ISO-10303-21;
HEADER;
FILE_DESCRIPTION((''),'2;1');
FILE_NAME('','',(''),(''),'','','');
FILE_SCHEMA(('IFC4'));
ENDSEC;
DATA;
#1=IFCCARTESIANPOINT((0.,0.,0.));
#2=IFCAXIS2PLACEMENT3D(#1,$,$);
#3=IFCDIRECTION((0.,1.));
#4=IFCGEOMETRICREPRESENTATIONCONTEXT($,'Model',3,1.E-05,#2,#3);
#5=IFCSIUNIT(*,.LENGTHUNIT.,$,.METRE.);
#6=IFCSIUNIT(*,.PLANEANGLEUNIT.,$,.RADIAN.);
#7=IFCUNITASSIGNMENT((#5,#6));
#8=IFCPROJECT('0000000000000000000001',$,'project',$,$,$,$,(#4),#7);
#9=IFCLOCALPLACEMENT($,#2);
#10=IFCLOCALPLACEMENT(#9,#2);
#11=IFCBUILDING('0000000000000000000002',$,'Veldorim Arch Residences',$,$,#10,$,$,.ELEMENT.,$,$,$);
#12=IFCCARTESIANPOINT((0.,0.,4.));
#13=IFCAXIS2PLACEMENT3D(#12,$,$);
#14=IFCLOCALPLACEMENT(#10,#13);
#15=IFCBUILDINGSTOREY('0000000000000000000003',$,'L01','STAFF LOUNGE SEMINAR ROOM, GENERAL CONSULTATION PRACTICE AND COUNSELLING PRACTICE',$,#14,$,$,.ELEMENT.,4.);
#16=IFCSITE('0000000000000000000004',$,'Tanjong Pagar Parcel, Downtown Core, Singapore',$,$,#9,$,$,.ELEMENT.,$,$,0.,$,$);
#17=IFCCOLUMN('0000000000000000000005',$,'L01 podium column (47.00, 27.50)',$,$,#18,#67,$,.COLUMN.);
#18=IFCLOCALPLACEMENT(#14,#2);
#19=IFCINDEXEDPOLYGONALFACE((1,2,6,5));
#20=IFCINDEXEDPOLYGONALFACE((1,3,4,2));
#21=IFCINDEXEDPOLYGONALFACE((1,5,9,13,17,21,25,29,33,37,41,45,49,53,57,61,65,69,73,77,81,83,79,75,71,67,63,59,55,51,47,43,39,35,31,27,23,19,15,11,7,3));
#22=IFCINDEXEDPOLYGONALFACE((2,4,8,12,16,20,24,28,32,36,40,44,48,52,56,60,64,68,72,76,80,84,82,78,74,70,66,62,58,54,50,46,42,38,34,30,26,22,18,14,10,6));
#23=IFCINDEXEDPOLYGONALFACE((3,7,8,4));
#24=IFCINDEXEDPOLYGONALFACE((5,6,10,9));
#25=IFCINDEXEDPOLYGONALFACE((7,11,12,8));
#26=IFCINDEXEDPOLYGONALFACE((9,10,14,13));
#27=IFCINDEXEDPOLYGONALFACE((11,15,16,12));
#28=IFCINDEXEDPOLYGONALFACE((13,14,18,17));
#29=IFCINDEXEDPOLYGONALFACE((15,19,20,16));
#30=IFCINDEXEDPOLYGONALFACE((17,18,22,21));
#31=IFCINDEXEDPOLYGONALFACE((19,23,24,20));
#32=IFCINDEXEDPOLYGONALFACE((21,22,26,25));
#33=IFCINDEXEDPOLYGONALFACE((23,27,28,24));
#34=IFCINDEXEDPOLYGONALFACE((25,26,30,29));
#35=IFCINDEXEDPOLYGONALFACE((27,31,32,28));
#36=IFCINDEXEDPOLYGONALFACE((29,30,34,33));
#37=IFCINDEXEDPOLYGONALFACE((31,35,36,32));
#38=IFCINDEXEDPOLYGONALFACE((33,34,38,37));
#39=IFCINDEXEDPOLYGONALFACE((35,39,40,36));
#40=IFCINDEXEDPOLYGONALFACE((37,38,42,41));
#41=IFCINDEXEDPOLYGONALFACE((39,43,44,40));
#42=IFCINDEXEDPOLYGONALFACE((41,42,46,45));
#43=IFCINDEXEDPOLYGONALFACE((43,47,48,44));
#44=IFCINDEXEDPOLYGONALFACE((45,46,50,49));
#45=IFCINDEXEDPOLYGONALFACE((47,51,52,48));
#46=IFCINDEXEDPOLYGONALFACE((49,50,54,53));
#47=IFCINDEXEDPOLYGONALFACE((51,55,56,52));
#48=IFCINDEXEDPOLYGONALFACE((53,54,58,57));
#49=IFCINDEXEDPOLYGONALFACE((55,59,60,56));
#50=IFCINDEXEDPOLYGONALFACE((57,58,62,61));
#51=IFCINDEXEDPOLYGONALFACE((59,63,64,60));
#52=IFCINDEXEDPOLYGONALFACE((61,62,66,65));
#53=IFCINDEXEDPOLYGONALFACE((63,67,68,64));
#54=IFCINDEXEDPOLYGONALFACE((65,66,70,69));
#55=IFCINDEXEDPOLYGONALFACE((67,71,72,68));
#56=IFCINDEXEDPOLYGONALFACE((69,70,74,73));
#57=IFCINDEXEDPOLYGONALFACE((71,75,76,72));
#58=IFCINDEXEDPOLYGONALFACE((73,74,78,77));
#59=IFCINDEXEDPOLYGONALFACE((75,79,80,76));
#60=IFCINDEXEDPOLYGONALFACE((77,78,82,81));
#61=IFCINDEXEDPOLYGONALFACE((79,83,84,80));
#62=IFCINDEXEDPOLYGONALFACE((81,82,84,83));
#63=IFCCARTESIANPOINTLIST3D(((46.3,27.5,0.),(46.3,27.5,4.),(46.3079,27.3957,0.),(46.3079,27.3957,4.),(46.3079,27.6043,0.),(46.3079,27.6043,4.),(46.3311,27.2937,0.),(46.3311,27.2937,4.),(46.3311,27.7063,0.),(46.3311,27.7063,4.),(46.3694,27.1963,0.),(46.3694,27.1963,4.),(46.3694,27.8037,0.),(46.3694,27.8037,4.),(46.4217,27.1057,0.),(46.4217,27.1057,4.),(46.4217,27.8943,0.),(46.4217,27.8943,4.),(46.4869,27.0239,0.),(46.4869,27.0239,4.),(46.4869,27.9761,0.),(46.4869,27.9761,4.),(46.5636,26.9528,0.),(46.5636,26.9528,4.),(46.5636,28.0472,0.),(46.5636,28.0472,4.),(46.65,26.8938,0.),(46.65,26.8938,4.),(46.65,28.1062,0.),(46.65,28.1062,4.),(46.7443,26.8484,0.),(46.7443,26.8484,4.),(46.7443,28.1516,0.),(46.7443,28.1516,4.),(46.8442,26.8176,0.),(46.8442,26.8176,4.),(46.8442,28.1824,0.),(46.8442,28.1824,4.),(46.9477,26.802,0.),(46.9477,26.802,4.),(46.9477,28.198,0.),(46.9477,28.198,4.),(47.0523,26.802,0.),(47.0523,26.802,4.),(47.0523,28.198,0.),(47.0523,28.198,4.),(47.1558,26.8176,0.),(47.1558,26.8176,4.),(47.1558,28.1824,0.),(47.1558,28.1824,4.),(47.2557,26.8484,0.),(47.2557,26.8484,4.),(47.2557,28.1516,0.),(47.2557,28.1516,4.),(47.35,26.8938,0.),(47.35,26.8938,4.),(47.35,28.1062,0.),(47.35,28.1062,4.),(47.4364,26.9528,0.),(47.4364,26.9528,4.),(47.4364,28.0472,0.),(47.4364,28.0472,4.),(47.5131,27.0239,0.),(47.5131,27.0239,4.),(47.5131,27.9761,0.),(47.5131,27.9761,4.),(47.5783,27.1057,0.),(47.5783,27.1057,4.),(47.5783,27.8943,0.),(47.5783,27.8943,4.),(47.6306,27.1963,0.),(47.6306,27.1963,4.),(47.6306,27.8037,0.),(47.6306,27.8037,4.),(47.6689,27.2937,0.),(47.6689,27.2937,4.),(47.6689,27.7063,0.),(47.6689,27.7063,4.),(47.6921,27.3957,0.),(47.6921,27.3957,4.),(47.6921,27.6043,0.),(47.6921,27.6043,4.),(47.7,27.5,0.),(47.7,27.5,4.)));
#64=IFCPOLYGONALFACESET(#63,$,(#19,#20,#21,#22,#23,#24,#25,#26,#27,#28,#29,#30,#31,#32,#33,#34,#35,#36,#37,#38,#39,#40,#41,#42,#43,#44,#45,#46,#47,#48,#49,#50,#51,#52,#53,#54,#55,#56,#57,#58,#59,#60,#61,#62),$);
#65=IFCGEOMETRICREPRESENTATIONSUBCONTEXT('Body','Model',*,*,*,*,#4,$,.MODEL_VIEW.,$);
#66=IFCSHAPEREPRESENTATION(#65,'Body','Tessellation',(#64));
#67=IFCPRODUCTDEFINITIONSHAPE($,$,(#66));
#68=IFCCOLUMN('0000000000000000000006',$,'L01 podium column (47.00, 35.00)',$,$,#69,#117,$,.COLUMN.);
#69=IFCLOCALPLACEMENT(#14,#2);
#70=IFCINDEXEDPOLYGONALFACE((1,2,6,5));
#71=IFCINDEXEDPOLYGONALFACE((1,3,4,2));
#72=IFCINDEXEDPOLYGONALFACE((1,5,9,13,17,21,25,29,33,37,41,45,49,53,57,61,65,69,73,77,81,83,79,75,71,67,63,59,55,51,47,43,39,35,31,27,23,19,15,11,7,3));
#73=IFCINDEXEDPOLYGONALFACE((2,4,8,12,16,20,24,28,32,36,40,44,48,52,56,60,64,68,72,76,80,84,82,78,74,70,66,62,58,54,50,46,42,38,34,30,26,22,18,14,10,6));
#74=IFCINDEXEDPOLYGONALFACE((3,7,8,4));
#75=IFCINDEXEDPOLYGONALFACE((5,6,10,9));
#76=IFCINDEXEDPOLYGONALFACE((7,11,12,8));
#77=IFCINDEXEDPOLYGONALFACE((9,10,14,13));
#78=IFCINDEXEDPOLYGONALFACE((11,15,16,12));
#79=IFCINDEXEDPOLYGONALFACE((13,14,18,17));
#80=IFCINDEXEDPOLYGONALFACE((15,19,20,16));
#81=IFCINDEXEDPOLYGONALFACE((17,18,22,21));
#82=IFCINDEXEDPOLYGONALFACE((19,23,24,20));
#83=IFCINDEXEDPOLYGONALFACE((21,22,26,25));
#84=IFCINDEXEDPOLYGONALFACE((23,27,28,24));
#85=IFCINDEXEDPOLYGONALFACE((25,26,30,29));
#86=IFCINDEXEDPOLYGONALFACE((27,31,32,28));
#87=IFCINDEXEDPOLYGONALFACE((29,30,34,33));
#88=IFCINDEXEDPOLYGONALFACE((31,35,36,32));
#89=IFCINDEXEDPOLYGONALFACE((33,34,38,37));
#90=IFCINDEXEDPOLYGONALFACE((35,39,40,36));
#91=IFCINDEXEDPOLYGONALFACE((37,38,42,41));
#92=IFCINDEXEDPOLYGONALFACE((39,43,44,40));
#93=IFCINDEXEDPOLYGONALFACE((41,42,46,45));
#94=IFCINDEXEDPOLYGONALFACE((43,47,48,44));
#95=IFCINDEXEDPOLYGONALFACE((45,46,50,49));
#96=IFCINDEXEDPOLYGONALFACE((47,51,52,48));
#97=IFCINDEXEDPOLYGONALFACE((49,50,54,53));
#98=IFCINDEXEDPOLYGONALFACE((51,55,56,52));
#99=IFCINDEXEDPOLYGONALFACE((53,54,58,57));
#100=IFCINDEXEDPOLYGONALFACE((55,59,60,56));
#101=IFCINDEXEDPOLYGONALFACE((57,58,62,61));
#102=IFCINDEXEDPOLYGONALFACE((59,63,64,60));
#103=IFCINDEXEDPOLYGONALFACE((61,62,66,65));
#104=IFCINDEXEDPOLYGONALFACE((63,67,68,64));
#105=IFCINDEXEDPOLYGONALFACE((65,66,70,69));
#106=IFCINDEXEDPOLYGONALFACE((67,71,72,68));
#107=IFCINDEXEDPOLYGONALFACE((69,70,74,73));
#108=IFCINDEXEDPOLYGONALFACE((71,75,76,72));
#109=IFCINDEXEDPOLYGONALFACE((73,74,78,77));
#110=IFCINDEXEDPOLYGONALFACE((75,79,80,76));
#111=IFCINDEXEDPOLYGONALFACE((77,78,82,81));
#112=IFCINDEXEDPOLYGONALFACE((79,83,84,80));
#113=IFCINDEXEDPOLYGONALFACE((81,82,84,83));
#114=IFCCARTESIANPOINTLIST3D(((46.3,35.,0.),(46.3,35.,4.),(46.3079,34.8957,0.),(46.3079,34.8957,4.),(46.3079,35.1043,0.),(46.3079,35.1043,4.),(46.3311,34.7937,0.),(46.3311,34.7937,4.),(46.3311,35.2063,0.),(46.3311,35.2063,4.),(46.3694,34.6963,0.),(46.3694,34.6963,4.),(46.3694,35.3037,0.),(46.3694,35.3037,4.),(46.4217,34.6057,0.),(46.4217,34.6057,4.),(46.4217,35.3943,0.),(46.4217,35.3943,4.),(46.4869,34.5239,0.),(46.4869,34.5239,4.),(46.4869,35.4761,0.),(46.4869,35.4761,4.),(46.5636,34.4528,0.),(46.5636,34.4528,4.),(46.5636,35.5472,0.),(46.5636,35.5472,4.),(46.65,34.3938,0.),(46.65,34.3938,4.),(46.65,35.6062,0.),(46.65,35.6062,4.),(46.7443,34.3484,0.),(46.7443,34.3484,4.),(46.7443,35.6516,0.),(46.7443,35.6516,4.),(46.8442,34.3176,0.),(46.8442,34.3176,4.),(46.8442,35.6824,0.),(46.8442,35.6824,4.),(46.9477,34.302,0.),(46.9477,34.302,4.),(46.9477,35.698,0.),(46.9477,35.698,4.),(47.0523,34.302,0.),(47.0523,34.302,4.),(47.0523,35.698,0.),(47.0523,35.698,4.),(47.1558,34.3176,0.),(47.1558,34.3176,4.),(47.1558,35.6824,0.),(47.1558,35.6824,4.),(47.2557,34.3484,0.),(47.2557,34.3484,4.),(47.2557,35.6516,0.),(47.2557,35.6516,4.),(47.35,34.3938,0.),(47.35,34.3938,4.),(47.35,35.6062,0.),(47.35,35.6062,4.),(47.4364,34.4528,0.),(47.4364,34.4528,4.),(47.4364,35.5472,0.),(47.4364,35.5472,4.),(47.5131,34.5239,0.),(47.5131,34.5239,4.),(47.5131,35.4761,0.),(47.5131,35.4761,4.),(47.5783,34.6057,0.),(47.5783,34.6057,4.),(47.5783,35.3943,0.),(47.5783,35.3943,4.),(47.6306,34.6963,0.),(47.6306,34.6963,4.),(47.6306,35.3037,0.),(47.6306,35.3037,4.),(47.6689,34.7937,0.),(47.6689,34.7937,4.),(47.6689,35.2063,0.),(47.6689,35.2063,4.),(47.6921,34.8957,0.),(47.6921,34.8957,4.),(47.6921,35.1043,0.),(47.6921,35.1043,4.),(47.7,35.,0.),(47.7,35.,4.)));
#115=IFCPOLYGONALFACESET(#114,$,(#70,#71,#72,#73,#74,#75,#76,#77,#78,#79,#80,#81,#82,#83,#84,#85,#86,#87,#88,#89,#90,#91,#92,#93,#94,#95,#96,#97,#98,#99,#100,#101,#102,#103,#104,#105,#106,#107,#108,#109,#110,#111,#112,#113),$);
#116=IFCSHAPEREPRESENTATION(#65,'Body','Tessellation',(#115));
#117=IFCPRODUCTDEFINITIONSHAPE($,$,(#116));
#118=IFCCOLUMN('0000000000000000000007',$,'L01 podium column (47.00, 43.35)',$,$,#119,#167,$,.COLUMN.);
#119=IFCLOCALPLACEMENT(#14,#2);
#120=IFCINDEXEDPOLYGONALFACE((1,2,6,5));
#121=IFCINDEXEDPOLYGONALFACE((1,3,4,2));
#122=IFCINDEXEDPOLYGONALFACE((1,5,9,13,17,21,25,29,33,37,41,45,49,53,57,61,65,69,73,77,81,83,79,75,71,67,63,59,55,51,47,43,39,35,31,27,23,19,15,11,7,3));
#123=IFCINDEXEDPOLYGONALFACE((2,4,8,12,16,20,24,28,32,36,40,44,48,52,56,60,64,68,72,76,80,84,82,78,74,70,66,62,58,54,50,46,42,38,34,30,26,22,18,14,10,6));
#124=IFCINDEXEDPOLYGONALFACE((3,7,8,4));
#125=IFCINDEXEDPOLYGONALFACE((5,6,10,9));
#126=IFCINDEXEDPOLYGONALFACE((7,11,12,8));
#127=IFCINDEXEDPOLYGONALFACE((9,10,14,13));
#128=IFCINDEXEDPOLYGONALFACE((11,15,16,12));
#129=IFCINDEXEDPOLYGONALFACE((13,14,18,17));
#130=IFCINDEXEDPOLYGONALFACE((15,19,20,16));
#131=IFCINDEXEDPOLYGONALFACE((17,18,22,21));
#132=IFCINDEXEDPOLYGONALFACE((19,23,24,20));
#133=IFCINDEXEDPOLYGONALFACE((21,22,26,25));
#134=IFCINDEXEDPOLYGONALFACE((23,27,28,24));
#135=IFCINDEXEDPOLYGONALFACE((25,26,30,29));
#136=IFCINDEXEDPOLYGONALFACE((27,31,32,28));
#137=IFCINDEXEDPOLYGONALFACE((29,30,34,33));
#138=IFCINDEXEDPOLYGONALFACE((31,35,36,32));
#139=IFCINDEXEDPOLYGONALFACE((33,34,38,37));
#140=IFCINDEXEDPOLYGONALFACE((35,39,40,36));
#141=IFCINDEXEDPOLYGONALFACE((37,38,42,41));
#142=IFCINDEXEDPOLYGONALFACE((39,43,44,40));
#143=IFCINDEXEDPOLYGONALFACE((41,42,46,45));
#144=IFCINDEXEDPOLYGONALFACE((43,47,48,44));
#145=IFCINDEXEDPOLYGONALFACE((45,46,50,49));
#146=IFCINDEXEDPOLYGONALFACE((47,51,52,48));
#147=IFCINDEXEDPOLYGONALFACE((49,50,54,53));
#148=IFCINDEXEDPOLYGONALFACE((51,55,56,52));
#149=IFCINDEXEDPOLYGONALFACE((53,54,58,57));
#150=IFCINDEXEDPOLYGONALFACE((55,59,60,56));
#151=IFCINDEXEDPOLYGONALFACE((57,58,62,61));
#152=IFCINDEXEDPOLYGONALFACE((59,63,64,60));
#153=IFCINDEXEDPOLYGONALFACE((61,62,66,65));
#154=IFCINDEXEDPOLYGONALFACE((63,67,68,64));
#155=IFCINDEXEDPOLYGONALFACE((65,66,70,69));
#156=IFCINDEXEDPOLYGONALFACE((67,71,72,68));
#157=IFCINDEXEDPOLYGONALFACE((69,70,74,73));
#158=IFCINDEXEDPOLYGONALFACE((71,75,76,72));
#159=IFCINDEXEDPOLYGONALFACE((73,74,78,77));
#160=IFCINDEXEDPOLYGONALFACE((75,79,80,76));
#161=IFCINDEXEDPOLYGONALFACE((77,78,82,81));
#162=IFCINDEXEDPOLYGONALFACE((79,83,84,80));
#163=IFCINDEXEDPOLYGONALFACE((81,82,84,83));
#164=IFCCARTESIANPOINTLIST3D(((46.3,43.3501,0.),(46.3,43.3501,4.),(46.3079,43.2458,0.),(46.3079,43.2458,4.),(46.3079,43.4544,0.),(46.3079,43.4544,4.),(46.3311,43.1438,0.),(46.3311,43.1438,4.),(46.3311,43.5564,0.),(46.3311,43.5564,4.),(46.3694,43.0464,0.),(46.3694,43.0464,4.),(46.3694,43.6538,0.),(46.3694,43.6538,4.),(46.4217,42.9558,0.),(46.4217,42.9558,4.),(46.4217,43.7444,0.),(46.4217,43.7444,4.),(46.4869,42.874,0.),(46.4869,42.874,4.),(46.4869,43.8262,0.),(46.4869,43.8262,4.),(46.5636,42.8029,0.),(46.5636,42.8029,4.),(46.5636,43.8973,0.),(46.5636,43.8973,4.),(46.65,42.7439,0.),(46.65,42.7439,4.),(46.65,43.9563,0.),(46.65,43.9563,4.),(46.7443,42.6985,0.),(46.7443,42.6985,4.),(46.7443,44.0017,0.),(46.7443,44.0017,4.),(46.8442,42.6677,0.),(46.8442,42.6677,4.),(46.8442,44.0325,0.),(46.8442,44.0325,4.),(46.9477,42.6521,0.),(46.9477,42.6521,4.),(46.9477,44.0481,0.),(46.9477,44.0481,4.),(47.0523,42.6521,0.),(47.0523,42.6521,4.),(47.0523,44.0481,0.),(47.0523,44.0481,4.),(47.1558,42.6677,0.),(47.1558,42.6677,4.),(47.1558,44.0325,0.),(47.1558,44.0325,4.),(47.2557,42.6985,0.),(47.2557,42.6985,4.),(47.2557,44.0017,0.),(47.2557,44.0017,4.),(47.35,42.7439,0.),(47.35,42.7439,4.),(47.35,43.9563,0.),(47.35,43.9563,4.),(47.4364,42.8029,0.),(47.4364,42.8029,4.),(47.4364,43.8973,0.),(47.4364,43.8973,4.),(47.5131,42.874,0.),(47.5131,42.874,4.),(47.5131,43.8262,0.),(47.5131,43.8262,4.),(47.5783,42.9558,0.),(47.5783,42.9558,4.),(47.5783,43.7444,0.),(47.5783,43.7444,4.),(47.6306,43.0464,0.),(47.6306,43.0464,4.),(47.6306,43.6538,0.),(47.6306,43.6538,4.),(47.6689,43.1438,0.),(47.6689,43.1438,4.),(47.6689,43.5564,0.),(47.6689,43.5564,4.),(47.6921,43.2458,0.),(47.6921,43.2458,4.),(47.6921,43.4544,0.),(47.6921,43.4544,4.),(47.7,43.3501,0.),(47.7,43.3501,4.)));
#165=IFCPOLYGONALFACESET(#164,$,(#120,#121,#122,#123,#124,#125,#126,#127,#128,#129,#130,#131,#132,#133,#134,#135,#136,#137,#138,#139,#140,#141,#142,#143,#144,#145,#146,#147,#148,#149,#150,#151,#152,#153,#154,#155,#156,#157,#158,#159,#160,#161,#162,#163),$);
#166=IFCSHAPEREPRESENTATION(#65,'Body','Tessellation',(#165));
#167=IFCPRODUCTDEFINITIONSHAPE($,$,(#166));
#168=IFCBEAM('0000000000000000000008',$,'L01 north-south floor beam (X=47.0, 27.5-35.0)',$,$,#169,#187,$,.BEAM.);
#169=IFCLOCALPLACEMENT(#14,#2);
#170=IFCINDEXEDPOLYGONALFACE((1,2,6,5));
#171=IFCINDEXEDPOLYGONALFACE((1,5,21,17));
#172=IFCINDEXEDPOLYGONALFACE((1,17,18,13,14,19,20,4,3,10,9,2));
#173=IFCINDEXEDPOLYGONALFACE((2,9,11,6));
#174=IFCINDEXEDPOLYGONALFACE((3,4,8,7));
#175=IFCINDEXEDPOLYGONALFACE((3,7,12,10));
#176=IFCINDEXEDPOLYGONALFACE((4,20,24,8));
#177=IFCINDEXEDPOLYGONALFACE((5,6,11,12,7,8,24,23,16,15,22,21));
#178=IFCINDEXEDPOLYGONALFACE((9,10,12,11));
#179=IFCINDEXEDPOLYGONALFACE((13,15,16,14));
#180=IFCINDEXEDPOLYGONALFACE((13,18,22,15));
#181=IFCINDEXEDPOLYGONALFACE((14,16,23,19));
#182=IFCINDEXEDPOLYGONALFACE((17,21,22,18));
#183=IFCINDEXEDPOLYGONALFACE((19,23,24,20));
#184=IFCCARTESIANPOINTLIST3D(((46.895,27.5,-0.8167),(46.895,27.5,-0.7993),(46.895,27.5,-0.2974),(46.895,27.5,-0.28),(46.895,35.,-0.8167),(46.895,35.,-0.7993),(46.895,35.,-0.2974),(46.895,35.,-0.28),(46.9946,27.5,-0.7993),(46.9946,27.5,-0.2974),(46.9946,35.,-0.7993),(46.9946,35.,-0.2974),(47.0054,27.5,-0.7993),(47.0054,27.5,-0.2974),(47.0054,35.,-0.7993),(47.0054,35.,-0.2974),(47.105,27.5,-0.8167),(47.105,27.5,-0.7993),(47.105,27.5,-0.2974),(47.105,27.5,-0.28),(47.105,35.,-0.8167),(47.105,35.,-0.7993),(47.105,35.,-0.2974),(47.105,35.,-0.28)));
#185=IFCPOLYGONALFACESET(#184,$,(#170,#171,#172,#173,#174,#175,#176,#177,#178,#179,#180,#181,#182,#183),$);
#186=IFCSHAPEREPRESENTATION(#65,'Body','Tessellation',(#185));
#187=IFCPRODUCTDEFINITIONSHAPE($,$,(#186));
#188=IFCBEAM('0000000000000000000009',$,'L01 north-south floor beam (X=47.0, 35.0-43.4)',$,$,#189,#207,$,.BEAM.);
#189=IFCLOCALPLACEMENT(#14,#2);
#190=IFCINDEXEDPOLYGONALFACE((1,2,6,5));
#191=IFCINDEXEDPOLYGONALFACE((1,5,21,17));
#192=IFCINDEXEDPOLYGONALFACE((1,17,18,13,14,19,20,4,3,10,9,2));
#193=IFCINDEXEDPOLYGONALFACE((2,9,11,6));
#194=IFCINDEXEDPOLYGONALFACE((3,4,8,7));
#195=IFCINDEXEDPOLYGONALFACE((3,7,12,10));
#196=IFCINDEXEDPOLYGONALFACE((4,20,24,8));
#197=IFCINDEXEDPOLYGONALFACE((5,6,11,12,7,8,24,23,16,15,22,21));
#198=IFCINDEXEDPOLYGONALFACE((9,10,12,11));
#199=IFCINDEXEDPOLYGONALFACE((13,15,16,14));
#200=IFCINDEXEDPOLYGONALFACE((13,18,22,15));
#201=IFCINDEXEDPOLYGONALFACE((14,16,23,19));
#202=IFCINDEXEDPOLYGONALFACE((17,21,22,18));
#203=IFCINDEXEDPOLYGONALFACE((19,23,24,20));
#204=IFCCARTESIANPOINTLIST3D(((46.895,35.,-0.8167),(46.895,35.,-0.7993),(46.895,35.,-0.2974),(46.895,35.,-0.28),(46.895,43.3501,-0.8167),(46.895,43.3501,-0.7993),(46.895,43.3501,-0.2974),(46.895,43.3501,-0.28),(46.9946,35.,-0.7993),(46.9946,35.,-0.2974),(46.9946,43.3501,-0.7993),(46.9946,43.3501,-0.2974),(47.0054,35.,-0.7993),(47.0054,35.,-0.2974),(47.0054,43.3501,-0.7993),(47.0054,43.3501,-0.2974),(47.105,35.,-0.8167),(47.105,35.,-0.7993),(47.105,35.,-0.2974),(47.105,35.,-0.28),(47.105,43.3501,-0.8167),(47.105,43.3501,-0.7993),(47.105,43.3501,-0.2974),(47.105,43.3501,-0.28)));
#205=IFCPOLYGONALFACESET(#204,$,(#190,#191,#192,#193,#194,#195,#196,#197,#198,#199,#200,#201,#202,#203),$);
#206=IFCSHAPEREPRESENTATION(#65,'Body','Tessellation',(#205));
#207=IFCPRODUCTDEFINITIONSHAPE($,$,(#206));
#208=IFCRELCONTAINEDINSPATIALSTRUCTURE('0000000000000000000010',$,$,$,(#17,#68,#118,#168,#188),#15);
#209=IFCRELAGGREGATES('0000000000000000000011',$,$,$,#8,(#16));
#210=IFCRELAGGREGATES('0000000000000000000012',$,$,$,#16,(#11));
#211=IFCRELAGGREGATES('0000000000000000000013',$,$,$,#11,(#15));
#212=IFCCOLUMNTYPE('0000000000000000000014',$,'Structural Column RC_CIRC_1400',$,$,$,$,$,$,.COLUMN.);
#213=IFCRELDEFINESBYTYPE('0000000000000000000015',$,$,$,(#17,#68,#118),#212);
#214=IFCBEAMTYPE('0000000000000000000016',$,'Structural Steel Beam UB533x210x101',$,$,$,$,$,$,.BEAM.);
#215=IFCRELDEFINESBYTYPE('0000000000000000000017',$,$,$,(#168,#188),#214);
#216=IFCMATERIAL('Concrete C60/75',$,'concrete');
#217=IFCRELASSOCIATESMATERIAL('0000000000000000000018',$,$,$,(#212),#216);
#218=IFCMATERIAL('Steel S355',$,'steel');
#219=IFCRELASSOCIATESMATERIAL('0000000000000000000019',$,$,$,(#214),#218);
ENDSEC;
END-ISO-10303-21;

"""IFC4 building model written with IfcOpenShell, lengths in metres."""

from ifc_helpers import new_model, si_unit, direction, frame, origin, origin_2d, place, context, subcontext, project, spatial, circle, i_section, extrude, material, material_profile, profile_set, type_object, element, save


model = new_model("IFC4")

# Units and contexts
model_context = context("Model", 3, precision=1e-05, world=origin(), true_north=direction((0.0, 1.0)))
body_context = subcontext(model_context, "Body", "Model", "MODEL_VIEW")
ifc_project = project(units=[si_unit("LENGTHUNIT", "METRE"), si_unit("PLANEANGLEUNIT", "RADIAN")], contexts=[model_context])

# Site, building, storey
site_placement = place(None, origin())
site = spatial("IfcSite", under=ifc_project, at=site_placement, Name="Tanjong Pagar Parcel, Downtown Core, Singapore", CompositionType="ELEMENT", RefElevation=0.0)
building_placement = place(site_placement, origin())
building = spatial("IfcBuilding", under=site, at=building_placement, Name="Veldorim Arch Residences", CompositionType="ELEMENT")
storey_placement = place(building_placement, frame((0.0, 0.0, 4.0)))
storey = spatial("IfcBuildingStorey", under=building, at=storey_placement, Name="L01", Description="STAFF LOUNGE SEMINAR ROOM, GENERAL CONSULTATION PRACTICE AND COUNSELLING PRACTICE", CompositionType="ELEMENT", Elevation=4.0)

# Columns
ifc_material_1 = material(Name="Concrete C60/75", Category="concrete")
ifc_material_profile_1 = material_profile(ifc_material_1, circle(Radius=0.7, at=origin_2d()), Name="RC_CIRC_1400")
ifc_profile_set_1 = profile_set([ifc_material_profile_1], Name="Concrete C60/75")
column_type = type_object("IfcColumnType", Name="Structural Column RC_CIRC_1400", PredefinedType="COLUMN", material=ifc_profile_set_1)
for number, where, z_axis, x_axis, name in (
    (1, (47.0, 27.5, 0.0), (0.0, 0.0, 1.0), (1.0, 0.0, 0.0), "L01 podium column (47.00, 27.50)"),
    (2, (47.0, 35.0, 0.0), (0.0, 0.0, 1.0), (1.0, 0.0, 0.0), "L01 podium column (47.00, 35.00)"),
    (3, (47.0, 43.3501, 0.0), (0.0, 0.0, 1.0), (1.0, 0.0, 0.0), "L01 podium column (47.00, 43.35)"),
):
    element("IfcColumn", number, at=place(storey_placement, frame(where, z_axis=z_axis, x_axis=x_axis)), inside=storey, type_object=column_type, Name=name, PredefinedType="COLUMN", context=body_context, shape_type="SweptSolid", body=[
        extrude(circle(Radius=0.7, at=origin_2d()), origin(), (0.0, 0.0, 1.0), 4.0),
    ])

# Beams
ifc_material_2 = material(Name="Steel S355", Category="steel")
ifc_material_profile_2 = material_profile(ifc_material_2, i_section(OverallWidth=0.21, OverallDepth=0.5366, WebThickness=0.0107, FlangeThickness=0.0173, at=origin_2d()), Name="UB533x210x101")
ifc_profile_set_2 = profile_set([ifc_material_profile_2], Name="Steel S355")
beam_type_1 = type_object("IfcBeamType", Name="Structural Steel Beam UB533x210x101", PredefinedType="BEAM", material=ifc_profile_set_2)
beam_1_placement = place(storey_placement, frame((47.0, 27.5, -0.5483), z_axis=(0.0, 1.0, 0.0), x_axis=(-1.0, 0.0, 0.0)))
element("IfcBeam", 4, at=beam_1_placement, inside=storey, type_object=beam_type_1, Name="L01 north-south floor beam (X=47.0, 27.5-35.0)", PredefinedType="BEAM", context=body_context, shape_type="SweptSolid", body=[
    extrude(i_section(OverallWidth=0.21, OverallDepth=0.5366, WebThickness=0.0107, FlangeThickness=0.0173, at=origin_2d()), origin(), (0.0, 0.0, 1.0), 7.5),
])
beam_2_placement = place(storey_placement, frame((47.0, 35.0, -0.5483), z_axis=(0.0, 1.0, 0.0), x_axis=(-1.0, 0.0, 0.0)))
element("IfcBeam", 5, at=beam_2_placement, inside=storey, type_object=beam_type_1, Name="L01 north-south floor beam (X=47.0, 35.0-43.4)", PredefinedType="BEAM", context=body_context, shape_type="SweptSolid", body=[
    extrude(i_section(OverallWidth=0.21, OverallDepth=0.5366, WebThickness=0.0107, FlangeThickness=0.0173, at=origin_2d()), origin(), (0.0, 0.0, 1.0), 8.3501),
])

save(model, "model.ifc")
